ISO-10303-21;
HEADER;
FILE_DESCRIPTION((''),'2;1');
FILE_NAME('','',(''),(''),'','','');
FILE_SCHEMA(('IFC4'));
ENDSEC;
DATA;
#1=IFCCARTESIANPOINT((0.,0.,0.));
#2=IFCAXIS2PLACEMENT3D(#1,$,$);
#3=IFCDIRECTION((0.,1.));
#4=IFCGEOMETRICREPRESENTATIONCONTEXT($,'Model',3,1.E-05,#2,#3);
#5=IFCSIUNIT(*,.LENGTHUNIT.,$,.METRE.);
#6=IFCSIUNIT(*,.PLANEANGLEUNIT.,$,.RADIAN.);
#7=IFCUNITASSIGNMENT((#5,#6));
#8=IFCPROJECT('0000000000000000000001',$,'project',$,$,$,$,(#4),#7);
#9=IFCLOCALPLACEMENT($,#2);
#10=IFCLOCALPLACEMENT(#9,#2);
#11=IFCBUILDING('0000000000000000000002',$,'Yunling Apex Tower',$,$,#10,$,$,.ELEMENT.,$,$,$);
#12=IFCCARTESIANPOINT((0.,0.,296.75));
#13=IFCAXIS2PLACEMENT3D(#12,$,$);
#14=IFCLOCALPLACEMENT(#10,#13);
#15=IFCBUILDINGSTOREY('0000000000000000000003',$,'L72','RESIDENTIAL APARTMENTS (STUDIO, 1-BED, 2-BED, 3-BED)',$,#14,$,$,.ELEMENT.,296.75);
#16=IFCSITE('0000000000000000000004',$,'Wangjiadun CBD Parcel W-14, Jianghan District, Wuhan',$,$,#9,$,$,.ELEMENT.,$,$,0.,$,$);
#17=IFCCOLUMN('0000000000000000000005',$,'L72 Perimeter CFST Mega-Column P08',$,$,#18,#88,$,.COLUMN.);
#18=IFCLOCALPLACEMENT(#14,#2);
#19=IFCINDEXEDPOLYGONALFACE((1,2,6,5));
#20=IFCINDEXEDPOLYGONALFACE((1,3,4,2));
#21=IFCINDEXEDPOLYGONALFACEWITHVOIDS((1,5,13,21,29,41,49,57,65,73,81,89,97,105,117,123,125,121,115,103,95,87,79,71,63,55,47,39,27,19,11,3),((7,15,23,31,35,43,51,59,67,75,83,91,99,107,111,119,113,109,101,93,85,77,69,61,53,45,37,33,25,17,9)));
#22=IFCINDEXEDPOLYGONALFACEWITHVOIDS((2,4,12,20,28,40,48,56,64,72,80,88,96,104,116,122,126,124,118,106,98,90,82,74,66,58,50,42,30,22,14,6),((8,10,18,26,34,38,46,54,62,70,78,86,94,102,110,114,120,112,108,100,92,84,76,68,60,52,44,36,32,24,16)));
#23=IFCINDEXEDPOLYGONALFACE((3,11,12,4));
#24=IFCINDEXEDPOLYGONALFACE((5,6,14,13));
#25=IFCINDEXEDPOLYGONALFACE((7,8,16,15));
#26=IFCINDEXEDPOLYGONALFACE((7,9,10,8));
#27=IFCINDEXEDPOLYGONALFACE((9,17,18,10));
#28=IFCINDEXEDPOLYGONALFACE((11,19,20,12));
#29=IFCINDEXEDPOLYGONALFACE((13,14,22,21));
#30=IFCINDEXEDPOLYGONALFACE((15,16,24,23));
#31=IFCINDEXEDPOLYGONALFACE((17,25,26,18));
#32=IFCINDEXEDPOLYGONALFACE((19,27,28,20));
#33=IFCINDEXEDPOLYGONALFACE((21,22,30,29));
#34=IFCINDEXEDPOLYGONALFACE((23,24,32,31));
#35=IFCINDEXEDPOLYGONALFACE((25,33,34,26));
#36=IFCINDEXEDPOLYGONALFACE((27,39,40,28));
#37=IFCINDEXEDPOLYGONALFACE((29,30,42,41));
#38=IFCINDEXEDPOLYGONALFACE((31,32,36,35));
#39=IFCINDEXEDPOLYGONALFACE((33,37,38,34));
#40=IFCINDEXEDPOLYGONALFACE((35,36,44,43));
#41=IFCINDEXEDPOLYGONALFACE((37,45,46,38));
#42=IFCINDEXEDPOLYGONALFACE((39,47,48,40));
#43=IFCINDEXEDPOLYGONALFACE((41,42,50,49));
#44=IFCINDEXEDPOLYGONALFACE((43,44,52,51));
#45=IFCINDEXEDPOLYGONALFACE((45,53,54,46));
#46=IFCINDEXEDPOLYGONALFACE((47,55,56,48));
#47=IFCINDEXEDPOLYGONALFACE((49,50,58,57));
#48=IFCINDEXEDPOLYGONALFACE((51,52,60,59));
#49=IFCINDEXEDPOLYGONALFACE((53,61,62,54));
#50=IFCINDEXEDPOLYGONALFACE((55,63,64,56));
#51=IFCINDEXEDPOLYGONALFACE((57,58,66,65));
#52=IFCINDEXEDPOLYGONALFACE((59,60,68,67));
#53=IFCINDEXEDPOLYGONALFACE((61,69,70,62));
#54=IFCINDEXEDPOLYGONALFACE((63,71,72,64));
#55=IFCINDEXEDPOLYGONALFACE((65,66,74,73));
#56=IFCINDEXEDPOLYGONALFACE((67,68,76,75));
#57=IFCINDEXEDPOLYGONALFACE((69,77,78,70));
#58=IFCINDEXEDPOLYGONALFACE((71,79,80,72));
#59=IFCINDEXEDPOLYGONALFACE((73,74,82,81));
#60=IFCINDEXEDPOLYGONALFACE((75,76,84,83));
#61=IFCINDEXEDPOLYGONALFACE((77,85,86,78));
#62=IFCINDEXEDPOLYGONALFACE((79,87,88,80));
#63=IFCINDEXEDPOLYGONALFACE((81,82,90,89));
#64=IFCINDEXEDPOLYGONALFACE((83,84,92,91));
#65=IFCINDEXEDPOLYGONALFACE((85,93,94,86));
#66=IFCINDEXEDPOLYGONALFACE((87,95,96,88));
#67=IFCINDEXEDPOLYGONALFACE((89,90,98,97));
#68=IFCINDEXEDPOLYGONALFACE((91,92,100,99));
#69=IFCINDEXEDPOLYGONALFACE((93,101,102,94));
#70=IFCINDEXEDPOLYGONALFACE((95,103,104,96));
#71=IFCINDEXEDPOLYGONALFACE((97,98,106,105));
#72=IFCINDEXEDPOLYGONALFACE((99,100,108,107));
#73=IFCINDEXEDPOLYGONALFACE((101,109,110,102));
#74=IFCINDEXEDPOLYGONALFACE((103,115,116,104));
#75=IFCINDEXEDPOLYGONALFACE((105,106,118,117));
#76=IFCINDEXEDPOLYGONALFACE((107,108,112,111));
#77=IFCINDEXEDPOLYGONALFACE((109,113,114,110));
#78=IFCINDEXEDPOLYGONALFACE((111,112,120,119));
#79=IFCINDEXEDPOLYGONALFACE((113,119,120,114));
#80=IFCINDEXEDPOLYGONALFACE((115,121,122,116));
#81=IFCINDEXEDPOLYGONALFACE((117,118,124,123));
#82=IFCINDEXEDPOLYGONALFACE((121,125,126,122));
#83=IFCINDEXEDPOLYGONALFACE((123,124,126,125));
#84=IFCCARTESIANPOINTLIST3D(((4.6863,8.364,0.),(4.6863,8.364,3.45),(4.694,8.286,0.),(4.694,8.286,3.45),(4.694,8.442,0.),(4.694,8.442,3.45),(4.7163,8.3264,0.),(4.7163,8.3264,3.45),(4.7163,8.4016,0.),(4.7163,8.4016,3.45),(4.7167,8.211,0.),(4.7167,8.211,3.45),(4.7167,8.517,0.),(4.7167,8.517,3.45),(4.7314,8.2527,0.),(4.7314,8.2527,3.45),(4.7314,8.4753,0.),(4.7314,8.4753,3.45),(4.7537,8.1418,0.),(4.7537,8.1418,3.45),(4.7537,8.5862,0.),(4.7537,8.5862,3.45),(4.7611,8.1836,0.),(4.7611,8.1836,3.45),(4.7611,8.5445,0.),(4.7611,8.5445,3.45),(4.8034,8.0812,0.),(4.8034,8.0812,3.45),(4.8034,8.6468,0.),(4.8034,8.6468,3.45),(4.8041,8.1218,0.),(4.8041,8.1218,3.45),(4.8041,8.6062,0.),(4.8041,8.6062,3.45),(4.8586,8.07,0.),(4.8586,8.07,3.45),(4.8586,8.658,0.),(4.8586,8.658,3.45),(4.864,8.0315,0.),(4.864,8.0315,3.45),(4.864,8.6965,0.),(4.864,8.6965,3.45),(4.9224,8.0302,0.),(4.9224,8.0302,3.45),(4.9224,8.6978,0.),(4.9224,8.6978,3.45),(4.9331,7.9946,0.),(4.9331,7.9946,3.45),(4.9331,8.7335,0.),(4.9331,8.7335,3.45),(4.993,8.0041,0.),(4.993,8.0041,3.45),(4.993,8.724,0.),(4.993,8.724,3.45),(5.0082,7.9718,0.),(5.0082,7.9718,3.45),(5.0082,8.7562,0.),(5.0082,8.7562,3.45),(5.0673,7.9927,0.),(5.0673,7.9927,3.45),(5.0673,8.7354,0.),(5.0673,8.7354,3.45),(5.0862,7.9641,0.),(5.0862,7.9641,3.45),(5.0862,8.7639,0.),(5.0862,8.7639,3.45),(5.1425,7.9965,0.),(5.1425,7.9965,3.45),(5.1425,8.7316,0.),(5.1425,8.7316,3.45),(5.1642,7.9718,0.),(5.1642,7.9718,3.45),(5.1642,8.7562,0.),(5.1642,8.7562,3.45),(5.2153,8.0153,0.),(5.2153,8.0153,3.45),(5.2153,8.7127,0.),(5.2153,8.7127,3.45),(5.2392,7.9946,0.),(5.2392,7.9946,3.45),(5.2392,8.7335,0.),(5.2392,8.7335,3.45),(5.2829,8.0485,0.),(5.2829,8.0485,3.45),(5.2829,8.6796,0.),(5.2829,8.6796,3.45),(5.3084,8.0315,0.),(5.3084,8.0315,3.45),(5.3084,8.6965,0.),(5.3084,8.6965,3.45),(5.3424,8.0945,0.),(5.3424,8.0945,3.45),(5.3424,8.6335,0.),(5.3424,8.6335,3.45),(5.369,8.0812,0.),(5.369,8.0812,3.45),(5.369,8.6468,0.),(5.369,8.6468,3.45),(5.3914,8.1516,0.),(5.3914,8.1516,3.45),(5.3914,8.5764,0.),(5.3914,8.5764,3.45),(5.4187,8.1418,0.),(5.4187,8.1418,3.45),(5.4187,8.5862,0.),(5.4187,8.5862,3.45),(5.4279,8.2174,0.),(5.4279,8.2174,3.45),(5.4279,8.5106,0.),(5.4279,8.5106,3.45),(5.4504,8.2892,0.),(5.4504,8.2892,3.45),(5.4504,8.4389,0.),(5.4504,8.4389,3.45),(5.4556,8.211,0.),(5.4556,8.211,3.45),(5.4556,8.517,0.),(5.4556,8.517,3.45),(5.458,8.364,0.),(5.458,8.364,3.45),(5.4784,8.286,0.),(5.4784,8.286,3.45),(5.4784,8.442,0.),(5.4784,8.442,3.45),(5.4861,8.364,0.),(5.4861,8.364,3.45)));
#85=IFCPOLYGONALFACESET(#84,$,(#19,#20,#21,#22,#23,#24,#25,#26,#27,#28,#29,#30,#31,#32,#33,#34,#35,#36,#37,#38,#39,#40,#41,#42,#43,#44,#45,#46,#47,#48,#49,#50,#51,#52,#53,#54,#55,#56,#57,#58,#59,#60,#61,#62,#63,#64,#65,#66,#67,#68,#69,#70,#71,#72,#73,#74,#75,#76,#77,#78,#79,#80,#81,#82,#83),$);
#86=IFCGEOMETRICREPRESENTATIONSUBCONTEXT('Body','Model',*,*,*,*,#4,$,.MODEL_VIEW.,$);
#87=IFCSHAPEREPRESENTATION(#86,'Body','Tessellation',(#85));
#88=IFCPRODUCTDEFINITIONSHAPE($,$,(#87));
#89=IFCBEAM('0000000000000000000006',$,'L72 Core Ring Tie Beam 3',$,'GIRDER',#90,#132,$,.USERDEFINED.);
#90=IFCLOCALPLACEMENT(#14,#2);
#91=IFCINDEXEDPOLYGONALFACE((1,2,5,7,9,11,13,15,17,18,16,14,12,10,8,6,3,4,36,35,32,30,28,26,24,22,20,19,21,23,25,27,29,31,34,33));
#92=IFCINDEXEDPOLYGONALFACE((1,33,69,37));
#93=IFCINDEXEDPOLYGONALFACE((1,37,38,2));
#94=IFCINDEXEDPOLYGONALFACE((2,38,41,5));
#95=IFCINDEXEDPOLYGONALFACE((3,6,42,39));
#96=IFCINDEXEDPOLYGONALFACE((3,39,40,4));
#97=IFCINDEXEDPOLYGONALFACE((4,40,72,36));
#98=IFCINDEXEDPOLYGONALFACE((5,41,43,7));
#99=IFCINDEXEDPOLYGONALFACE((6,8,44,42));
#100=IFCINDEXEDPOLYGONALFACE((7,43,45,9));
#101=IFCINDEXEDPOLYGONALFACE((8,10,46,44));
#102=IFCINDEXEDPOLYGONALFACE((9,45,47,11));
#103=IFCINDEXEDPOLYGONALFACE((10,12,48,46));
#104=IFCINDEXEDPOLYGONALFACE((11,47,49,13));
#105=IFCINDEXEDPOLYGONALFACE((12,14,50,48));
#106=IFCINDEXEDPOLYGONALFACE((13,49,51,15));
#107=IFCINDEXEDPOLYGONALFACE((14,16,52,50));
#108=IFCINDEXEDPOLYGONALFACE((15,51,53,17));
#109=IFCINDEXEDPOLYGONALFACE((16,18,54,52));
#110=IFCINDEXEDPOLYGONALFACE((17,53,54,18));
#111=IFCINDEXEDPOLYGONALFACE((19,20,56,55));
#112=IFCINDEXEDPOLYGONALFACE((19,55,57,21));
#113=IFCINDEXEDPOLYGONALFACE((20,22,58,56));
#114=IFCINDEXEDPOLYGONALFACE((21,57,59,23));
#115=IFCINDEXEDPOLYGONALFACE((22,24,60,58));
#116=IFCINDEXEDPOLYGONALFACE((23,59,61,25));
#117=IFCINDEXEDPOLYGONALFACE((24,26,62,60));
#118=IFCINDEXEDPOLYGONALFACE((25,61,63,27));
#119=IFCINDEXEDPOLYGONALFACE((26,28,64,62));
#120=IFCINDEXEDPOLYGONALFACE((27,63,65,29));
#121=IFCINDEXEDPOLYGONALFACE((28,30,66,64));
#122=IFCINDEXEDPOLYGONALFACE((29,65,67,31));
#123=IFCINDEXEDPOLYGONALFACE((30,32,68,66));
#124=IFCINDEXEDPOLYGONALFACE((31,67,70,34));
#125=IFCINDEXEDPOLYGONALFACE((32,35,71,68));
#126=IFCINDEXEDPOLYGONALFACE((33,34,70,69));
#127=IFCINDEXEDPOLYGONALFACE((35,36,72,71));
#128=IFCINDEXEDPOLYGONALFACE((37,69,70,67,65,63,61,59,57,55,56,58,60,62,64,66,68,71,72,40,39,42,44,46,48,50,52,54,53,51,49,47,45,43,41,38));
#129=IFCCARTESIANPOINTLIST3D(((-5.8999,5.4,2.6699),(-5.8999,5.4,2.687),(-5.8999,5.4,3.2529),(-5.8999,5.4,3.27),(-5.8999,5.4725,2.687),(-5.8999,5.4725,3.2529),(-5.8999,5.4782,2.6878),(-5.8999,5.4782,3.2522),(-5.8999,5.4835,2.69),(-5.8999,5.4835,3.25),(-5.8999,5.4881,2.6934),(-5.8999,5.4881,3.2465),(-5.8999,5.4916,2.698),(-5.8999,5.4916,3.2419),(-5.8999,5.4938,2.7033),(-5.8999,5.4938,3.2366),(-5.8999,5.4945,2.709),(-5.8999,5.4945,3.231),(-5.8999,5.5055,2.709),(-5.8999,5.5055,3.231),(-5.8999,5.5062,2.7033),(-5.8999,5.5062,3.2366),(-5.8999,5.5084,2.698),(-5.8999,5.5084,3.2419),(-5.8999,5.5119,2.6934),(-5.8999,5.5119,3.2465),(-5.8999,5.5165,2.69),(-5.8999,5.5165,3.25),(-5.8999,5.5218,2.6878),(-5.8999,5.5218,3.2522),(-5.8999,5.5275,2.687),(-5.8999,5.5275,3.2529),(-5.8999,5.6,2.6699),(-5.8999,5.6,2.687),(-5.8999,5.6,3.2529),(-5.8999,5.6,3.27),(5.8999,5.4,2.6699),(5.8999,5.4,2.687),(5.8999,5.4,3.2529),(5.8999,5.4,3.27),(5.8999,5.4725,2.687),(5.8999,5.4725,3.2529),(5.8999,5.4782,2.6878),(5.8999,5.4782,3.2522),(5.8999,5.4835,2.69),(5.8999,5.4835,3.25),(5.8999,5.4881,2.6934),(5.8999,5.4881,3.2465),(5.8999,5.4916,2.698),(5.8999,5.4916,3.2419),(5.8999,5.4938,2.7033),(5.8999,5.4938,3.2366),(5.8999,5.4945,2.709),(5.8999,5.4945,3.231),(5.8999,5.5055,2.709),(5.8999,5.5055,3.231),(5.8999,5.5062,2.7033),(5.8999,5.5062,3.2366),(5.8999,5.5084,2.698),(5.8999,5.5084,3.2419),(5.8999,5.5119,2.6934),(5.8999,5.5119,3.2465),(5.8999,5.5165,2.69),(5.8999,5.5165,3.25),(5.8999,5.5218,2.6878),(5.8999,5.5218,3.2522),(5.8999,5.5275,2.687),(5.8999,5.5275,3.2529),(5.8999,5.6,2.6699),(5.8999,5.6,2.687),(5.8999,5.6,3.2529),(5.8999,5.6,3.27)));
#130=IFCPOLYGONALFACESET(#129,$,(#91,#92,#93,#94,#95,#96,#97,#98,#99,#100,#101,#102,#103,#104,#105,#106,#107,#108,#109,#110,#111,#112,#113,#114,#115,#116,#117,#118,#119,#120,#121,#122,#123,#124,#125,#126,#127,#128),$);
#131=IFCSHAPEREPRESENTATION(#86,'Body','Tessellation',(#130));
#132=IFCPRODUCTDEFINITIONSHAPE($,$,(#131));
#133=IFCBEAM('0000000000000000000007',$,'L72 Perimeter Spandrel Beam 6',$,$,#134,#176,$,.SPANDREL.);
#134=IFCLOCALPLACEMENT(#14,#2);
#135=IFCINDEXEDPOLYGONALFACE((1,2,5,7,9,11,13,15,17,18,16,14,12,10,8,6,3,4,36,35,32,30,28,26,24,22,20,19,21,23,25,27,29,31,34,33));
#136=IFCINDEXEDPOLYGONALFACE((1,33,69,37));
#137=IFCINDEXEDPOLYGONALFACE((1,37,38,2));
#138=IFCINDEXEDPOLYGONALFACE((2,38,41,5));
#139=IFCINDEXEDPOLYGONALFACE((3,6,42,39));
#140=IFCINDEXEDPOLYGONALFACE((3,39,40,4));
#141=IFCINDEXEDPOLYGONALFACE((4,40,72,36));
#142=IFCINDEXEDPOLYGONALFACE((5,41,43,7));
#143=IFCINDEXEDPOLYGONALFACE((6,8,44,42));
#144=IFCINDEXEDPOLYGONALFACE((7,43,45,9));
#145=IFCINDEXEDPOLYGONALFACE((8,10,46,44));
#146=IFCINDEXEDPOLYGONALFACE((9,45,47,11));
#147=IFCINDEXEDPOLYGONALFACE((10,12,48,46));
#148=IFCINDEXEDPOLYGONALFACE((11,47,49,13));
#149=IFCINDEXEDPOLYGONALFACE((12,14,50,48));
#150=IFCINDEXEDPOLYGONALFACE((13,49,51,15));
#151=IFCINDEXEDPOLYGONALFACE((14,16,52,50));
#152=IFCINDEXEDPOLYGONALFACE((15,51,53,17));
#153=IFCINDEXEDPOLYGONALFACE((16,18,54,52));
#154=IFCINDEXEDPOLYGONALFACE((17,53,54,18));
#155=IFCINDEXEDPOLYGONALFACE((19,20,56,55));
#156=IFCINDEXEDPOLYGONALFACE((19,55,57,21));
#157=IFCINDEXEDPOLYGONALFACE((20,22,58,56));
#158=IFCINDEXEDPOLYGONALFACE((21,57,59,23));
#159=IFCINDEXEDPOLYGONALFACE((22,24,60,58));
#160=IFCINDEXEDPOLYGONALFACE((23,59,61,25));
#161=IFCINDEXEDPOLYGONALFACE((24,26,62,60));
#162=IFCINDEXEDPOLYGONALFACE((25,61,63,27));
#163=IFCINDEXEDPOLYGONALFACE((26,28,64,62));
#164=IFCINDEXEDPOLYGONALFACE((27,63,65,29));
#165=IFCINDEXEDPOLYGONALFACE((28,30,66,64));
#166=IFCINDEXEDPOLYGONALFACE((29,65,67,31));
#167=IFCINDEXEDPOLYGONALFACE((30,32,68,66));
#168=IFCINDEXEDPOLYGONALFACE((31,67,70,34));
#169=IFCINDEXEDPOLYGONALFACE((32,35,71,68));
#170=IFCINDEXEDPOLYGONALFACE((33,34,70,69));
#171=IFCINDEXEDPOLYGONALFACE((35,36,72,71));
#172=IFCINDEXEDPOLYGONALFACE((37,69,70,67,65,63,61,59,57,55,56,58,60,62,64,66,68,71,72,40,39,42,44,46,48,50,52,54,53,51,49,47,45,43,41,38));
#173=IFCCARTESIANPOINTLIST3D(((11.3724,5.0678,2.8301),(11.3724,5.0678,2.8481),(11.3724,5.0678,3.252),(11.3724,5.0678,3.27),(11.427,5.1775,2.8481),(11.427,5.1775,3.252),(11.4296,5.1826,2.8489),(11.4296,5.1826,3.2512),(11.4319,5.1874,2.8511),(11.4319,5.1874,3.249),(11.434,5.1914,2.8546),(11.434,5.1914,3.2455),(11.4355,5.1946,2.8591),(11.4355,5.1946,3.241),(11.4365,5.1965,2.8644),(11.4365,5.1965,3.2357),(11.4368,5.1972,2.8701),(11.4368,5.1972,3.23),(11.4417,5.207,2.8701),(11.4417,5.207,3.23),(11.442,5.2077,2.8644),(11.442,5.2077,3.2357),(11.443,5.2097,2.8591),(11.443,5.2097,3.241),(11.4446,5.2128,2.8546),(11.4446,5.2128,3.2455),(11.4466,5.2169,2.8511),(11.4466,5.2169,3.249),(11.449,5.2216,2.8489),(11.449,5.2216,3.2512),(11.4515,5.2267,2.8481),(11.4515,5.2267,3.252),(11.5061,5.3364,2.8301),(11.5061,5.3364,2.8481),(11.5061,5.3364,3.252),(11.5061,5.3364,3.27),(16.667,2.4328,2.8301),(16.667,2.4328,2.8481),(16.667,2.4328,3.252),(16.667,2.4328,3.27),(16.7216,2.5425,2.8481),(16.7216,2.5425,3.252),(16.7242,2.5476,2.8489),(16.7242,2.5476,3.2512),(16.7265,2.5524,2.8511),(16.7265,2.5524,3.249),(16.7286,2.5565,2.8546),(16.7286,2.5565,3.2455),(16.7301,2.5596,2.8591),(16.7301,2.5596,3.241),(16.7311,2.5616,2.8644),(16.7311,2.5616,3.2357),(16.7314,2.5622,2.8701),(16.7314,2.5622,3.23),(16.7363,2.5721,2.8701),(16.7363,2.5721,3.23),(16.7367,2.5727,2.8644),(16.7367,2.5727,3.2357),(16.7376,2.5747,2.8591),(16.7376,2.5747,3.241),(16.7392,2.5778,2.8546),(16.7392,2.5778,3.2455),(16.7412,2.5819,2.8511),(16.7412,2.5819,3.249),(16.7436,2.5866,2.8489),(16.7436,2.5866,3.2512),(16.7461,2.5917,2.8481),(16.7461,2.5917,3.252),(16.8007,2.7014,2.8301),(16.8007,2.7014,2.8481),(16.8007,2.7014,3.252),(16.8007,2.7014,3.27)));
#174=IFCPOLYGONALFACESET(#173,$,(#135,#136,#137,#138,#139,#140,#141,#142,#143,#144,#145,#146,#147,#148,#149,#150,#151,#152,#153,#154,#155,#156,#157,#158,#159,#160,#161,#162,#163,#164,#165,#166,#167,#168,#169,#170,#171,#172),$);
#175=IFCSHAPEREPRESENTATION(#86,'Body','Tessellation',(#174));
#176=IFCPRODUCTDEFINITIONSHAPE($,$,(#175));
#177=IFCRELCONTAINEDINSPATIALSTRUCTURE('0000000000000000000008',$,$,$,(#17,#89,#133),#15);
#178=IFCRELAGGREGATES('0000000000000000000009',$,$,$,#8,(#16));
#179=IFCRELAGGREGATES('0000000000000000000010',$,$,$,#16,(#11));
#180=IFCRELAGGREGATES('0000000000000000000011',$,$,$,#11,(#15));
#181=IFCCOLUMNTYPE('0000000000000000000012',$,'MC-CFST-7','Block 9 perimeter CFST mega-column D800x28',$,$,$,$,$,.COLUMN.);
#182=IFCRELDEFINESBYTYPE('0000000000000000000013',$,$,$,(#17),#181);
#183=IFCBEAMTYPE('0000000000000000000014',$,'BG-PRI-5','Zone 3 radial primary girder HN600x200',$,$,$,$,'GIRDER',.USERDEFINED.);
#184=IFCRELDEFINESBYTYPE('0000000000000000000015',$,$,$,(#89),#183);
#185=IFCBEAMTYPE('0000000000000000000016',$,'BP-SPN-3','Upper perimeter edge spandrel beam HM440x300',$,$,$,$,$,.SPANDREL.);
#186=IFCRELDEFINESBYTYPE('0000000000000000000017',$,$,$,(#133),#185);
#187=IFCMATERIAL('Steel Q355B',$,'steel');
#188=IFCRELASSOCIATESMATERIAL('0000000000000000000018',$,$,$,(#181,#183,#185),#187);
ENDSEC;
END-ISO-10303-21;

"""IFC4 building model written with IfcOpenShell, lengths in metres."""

from ifc_helpers import new_model, si_unit, direction, frame, origin, origin_2d, place, context, subcontext, project, spatial, hollow_circle, i_section, extrude, source, transform, mapped, material, material_profile, profile_set, type_object, element, save


model = new_model("IFC4")

# Units and contexts
model_context = context("Model", 3, precision=1e-05, world=origin(), true_north=direction((0.0, 1.0)))
body_context = subcontext(model_context, "Body", "Model", "MODEL_VIEW")
ifc_project = project(units=[si_unit("LENGTHUNIT", "METRE"), si_unit("PLANEANGLEUNIT", "RADIAN")], contexts=[model_context])

# Site, building, storey
site_placement = place(None, origin())
site = spatial("IfcSite", under=ifc_project, at=site_placement, Name="Wangjiadun CBD Parcel W-14, Jianghan District, Wuhan", CompositionType="ELEMENT", RefElevation=0.0)
building_placement = place(site_placement, origin())
building = spatial("IfcBuilding", under=site, at=building_placement, Name="Yunling Apex Tower", CompositionType="ELEMENT")
storey_placement = place(building_placement, frame((0.0, 0.0, 296.75)))
storey = spatial("IfcBuildingStorey", under=building, at=storey_placement, Name="L72", Description="RESIDENTIAL APARTMENTS (STUDIO, 1-BED, 2-BED, 3-BED)", CompositionType="ELEMENT", Elevation=296.75)

# Column
ifc_material_1 = material(Name="Steel Q355B", Category="steel")
ifc_material_profile_1 = material_profile(ifc_material_1, hollow_circle(Radius=0.3999, WallThickness=0.0281, at=origin_2d()))
ifc_profile_set_1 = profile_set([ifc_material_profile_1], Name="Steel Q355B")
column_type_1 = type_object("IfcColumnType", Name="MC-CFST-7", Description="Block 9 perimeter CFST mega-column D800x28", PredefinedType="COLUMN", material=ifc_profile_set_1)
shared_shape_1 = source(origin(), body_context, "Body", "SweptSolid", [
    extrude(hollow_circle(Radius=0.3999, WallThickness=0.0281, at=origin_2d()), origin(), (0.0, 0.0, 1.0), 3.45),
])
for number, where, z_axis, x_axis, name in (
    (1, (5.0862, 8.364, 0.0), (0.0, 0.0, 1.0), (1.0, 0.0, 0.0), "L72 Perimeter CFST Mega-Column P08"),
):
    element("IfcColumn", number, at=place(storey_placement, frame(where, z_axis=z_axis, x_axis=x_axis)), inside=storey, type_object=column_type_1, Name=name, PredefinedType="COLUMN", context=body_context, shape_type="MappedRepresentation", body=[
        mapped(shared_shape_1, transform((0.0, 0.0, 0.0), scale=1.0)),
    ])

# Beams
ifc_material_profile_2 = material_profile(ifc_material_1, i_section(OverallWidth=0.2, OverallDepth=0.6001, WebThickness=0.011, FlangeThickness=0.0171, FilletRadius=0.022, at=origin_2d()))
ifc_profile_set_2 = profile_set([ifc_material_profile_2], Name="Steel Q355B")
beam_type_1 = type_object("IfcBeamType", Name="BG-PRI-5", Description="Zone 3 radial primary girder HN600x200", ElementType="GIRDER", PredefinedType="USERDEFINED", material=ifc_profile_set_2)
shared_shape_2 = source(origin(), body_context, "Body", "SweptSolid", [
    extrude(i_section(OverallWidth=0.2, OverallDepth=0.6001, WebThickness=0.011, FlangeThickness=0.0171, FilletRadius=0.022, at=origin_2d()), origin(), (0.0, 0.0, 1.0), 11.7998),
])
beam_1_placement = place(storey_placement, frame((5.8999, 5.5, 2.97), z_axis=(-1.0, 0.0, 0.0), x_axis=(0.0, -1.0, 0.0)))
element("IfcBeam", 2, at=beam_1_placement, inside=storey, type_object=beam_type_1, Name="L72 Core Ring Tie Beam 3", ObjectType="GIRDER", PredefinedType="USERDEFINED", context=body_context, shape_type="MappedRepresentation", body=[
    mapped(shared_shape_2, transform((0.0, 0.0, 0.0), scale=1.0)),
])
ifc_material_profile_3 = material_profile(ifc_material_1, i_section(OverallWidth=0.3, OverallDepth=0.4399, WebThickness=0.011, FlangeThickness=0.0181, FilletRadius=0.022, at=origin_2d()))
ifc_profile_set_3 = profile_set([ifc_material_profile_3], Name="Steel Q355B")
beam_type_2 = type_object("IfcBeamType", Name="BP-SPN-3", Description="Upper perimeter edge spandrel beam HM440x300", PredefinedType="SPANDREL", material=ifc_profile_set_3)
shared_shape_3 = source(origin(), body_context, "Body", "SweptSolid", [
    extrude(i_section(OverallWidth=0.3, OverallDepth=0.4399, WebThickness=0.011, FlangeThickness=0.0181, FilletRadius=0.022, at=origin_2d()), origin(), (0.0, 0.0, 1.0), 5.9141),
])
for number, where, z_axis, x_axis, name in (
    (3, (16.7339, 2.5671, 3.05), (-0.89526, 0.445545, 0.0), (-0.445545, -0.89526, 0.0), "L72 Perimeter Spandrel Beam 6"),
):
    element("IfcBeam", number, at=place(storey_placement, frame(where, z_axis=z_axis, x_axis=x_axis)), inside=storey, type_object=beam_type_2, Name=name, PredefinedType="SPANDREL", context=body_context, shape_type="MappedRepresentation", body=[
        mapped(shared_shape_3, transform((0.0, 0.0, 0.0), scale=1.0)),
    ])

save(model, "model.ifc")
